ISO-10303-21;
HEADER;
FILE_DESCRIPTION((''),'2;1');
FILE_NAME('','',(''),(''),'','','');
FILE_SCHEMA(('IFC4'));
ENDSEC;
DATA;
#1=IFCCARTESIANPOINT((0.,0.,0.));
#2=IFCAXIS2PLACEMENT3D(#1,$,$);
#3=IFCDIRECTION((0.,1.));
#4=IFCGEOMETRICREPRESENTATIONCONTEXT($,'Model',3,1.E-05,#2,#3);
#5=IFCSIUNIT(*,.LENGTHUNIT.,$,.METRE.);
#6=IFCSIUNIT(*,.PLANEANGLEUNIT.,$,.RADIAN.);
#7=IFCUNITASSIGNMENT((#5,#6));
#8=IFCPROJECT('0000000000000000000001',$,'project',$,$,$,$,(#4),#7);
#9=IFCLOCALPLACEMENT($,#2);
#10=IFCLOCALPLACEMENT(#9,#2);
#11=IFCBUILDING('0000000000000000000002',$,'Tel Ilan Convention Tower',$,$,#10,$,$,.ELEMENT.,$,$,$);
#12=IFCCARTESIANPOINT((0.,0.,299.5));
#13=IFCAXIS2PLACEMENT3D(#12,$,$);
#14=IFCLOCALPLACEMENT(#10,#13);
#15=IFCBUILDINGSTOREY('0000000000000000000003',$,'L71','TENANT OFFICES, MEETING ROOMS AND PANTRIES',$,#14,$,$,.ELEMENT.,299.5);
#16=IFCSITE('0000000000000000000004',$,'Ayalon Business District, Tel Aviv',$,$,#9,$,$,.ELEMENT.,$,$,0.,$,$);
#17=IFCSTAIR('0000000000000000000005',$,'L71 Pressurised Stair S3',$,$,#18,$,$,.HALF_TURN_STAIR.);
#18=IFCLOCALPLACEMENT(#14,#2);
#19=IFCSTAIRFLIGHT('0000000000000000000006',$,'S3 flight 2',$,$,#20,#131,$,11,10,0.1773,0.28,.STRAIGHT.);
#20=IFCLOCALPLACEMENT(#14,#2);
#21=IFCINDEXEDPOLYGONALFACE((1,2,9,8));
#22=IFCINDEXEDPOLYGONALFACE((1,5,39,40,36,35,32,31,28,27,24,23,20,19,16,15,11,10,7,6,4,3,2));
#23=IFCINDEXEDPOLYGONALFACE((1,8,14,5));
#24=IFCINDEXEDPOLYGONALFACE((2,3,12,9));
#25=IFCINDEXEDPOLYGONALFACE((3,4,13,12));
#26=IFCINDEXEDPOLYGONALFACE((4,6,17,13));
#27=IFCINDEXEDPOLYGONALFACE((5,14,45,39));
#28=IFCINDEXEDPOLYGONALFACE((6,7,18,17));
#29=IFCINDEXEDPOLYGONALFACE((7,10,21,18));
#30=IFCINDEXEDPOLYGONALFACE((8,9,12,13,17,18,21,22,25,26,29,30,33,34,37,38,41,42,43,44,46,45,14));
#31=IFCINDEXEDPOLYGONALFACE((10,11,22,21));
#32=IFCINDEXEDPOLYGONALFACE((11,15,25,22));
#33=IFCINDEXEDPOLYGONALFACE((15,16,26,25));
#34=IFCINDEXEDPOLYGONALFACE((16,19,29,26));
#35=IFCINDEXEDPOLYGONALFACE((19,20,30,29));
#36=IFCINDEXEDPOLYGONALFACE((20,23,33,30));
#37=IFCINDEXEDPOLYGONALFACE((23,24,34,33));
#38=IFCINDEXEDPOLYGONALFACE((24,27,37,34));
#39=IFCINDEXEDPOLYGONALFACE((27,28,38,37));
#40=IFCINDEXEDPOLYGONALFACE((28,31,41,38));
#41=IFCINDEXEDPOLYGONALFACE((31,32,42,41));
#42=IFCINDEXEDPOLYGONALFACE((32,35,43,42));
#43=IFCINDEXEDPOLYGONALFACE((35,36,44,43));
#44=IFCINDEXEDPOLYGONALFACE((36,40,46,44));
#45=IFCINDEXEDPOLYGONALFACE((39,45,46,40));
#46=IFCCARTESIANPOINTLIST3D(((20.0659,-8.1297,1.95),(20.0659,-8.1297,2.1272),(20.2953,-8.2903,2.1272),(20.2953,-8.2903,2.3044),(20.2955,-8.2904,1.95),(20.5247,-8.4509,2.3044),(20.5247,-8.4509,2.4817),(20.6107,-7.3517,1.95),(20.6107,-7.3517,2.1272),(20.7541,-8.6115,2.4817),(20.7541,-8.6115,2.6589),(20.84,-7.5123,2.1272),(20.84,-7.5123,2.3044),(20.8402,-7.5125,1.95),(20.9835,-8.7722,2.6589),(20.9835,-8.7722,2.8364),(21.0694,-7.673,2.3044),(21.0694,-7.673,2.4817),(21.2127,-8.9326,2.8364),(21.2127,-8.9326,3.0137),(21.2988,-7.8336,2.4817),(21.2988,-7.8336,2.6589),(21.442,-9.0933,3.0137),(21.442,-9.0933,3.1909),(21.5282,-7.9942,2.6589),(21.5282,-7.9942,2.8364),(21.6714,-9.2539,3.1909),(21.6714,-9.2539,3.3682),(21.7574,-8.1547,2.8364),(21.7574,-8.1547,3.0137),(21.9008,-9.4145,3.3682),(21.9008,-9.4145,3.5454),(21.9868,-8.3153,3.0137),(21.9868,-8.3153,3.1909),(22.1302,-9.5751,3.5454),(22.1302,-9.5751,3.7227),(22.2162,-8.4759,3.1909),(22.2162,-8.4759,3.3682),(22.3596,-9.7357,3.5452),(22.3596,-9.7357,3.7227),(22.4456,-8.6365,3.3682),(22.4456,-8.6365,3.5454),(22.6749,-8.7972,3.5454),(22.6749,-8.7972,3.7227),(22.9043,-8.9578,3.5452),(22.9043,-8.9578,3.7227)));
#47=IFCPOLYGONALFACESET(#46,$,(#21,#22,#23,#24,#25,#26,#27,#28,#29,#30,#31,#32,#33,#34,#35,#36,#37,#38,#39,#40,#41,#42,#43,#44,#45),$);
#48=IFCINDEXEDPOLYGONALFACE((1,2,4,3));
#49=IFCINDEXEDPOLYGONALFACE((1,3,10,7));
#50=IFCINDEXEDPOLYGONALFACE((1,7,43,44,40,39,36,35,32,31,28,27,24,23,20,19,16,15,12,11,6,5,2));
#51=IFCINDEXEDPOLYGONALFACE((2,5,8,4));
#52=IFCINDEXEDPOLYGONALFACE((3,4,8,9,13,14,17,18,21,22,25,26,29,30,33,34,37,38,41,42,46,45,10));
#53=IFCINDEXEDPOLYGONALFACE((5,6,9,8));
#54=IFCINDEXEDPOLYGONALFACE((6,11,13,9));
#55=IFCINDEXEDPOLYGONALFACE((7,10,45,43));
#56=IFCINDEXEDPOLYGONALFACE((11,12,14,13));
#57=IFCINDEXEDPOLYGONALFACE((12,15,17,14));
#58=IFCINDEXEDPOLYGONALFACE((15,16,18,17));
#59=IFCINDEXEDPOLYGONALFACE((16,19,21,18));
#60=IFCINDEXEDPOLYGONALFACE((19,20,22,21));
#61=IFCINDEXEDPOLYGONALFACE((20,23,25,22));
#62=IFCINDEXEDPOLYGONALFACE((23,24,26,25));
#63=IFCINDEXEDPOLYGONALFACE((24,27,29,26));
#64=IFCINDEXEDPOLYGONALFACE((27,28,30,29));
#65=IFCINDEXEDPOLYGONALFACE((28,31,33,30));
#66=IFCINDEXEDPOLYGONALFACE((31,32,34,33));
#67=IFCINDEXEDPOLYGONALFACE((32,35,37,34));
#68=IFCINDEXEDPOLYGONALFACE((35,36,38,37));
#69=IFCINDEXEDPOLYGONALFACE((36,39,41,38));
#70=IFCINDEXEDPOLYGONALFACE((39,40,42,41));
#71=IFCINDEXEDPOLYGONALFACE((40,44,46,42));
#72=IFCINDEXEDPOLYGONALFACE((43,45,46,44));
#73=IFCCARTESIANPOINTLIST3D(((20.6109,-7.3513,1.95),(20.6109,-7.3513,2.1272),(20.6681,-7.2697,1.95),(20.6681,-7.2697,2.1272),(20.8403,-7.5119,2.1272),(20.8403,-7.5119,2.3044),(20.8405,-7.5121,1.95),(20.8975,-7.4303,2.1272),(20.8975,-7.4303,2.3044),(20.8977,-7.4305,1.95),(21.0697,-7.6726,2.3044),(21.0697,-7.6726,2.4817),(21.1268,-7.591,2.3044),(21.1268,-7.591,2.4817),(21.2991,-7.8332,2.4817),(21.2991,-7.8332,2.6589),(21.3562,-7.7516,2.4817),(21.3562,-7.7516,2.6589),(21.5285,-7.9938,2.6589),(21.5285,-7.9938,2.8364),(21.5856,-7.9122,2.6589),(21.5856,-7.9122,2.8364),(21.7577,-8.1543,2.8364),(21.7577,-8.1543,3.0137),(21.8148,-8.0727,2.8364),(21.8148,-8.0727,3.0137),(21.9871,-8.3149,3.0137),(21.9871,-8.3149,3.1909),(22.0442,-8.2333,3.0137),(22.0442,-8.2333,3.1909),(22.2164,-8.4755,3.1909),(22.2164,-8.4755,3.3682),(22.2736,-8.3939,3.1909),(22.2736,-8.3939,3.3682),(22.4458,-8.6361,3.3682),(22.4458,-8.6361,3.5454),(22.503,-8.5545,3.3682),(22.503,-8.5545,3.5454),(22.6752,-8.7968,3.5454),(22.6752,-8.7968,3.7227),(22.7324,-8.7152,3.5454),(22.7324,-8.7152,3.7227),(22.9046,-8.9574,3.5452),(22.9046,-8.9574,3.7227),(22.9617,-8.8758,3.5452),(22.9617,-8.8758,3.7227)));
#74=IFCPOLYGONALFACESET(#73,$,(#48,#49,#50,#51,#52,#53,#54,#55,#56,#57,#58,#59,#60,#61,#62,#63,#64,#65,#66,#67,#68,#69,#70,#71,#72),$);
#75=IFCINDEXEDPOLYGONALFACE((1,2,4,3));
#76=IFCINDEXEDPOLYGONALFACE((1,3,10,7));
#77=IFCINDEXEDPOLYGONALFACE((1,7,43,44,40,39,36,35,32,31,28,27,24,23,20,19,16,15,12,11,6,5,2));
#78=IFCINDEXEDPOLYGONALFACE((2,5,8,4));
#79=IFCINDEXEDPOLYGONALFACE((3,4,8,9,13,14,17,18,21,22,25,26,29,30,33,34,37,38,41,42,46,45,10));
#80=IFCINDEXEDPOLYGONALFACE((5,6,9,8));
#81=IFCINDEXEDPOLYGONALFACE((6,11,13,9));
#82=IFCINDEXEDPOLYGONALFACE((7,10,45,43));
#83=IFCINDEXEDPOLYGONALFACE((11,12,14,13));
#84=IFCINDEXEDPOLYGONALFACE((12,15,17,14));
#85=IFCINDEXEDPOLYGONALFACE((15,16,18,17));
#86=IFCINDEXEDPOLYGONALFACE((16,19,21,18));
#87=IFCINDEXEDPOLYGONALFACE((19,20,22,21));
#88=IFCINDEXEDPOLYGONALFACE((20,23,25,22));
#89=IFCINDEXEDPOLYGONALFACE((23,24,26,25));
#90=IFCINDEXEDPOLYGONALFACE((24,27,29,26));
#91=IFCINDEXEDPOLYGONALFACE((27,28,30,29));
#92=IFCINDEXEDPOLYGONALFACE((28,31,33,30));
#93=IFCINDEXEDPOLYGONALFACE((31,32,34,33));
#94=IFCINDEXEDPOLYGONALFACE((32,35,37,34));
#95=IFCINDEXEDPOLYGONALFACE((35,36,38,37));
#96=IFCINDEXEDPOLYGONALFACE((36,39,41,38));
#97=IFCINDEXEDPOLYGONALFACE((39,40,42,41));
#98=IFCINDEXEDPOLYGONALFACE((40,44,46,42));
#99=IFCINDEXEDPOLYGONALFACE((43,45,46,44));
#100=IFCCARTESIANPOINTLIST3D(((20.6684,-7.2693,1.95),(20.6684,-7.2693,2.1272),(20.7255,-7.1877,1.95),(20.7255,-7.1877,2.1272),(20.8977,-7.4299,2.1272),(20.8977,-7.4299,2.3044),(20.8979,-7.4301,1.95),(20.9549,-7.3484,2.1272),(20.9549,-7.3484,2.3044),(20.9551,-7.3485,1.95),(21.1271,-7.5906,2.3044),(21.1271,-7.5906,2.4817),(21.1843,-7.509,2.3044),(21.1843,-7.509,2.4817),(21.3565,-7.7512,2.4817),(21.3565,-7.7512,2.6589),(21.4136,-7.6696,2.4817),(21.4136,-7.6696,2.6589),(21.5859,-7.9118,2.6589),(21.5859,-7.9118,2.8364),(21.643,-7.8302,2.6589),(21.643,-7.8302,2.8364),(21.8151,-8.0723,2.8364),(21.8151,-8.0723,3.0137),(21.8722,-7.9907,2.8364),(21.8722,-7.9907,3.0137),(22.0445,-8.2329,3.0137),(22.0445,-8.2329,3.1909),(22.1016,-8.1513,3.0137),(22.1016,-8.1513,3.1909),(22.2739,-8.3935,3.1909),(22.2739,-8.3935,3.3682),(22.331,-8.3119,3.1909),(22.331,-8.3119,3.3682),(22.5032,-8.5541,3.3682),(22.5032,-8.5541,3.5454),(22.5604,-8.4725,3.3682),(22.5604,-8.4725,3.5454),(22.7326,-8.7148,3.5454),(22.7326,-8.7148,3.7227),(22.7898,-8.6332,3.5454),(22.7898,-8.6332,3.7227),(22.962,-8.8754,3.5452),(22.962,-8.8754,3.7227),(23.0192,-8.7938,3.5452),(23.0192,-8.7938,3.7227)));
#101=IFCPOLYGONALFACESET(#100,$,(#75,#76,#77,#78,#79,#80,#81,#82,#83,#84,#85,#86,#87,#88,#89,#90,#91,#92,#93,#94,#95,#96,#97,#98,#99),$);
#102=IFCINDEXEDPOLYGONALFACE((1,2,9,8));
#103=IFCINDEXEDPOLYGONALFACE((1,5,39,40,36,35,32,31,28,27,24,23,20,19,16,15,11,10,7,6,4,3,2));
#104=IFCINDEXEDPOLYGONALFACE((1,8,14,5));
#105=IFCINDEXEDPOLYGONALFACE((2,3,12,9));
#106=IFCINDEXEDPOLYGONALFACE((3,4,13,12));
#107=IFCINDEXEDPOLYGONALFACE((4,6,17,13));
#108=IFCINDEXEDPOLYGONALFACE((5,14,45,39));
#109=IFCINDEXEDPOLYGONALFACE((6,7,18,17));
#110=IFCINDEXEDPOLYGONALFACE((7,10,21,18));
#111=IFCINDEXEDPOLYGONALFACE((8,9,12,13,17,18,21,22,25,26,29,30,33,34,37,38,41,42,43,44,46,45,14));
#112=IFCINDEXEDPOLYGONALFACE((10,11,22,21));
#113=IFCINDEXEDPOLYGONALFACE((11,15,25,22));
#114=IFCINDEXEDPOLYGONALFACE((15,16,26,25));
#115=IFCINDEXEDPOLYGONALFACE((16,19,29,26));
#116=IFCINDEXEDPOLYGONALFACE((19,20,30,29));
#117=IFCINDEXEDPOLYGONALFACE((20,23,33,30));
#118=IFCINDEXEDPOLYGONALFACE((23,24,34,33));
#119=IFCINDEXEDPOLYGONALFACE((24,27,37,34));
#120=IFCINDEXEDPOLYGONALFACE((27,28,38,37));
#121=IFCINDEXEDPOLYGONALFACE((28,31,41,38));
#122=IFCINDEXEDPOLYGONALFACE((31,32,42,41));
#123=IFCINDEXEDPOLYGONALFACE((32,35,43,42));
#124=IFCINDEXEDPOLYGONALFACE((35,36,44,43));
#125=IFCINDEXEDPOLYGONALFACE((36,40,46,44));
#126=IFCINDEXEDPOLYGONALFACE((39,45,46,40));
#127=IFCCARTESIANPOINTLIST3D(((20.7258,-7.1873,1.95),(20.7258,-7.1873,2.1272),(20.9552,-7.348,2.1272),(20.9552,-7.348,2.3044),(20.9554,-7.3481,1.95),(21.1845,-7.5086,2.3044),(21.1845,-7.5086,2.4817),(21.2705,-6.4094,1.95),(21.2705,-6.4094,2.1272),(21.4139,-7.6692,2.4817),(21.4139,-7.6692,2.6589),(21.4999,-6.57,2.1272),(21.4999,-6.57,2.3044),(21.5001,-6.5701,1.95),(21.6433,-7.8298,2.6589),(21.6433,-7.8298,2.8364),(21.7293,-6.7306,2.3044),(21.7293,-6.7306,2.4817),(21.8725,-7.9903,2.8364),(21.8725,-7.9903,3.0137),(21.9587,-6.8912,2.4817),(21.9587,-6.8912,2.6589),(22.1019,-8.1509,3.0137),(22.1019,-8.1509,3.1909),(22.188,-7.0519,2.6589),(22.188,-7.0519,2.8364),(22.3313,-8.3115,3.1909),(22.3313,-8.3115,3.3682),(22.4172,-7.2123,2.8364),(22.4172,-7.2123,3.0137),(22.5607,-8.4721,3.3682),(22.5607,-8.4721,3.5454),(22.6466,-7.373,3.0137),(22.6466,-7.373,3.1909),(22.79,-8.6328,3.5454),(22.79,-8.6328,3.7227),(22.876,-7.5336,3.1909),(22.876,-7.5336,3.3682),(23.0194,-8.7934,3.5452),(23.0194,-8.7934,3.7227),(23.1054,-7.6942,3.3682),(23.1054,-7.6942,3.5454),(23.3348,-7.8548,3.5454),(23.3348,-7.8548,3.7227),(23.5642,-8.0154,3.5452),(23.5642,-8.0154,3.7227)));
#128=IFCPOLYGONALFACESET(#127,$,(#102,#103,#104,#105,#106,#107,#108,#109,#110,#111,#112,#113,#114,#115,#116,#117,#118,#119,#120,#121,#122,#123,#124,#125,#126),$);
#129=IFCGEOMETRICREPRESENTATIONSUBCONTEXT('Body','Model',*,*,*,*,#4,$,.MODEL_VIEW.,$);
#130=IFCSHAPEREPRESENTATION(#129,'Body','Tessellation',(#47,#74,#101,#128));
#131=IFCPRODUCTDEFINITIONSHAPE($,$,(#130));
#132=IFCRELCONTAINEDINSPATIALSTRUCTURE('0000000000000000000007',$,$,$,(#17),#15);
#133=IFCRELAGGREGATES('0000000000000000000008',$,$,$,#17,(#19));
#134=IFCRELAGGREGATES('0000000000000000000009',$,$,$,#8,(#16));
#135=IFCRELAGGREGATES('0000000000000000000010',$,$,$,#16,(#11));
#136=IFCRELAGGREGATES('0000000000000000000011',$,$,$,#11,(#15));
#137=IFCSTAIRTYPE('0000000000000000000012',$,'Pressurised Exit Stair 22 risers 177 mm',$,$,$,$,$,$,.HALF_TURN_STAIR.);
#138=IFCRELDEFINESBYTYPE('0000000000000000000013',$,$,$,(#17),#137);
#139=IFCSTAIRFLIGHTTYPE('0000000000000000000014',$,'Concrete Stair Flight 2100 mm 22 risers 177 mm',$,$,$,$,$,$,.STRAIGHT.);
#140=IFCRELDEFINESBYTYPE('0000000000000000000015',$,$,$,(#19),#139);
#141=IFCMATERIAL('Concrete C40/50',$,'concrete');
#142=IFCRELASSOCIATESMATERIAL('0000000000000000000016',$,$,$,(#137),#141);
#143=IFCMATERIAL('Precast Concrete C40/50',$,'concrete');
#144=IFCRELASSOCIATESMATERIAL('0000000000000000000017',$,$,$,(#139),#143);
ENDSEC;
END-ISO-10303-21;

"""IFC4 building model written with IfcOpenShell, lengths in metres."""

from ifc_helpers import new_model, si_unit, direction, frame, origin, place, context, subcontext, project, spatial, polyline, outline, extrude, material, type_object, element, aggregate, save


model = new_model("IFC4")

# Units and contexts
model_context = context("Model", 3, precision=1e-05, world=origin(), true_north=direction((0.0, 1.0)))
body_context = subcontext(model_context, "Body", "Model", "MODEL_VIEW")
ifc_project = project(units=[si_unit("LENGTHUNIT", "METRE"), si_unit("PLANEANGLEUNIT", "RADIAN")], contexts=[model_context])

# Site, building, storey
site_placement = place(None, origin())
site = spatial("IfcSite", under=ifc_project, at=site_placement, Name="Ayalon Business District, Tel Aviv", CompositionType="ELEMENT", RefElevation=0.0)
building_placement = place(site_placement, origin())
building = spatial("IfcBuilding", under=site, at=building_placement, Name="Tel Ilan Convention Tower", CompositionType="ELEMENT")
storey_placement = place(building_placement, frame((0.0, 0.0, 299.5)))
storey = spatial("IfcBuildingStorey", under=building, at=storey_placement, Name="L71", Description="TENANT OFFICES, MEETING ROOMS AND PANTRIES", CompositionType="ELEMENT", Elevation=299.5)

# Stair, stair flight
ifc_material_1 = material(Name="Concrete C40/50", Category="concrete")
stair_type = type_object("IfcStairType", Name="Pressurised Exit Stair 22 risers 177 mm", PredefinedType="HALF_TURN_STAIR", material=ifc_material_1)
stair_1_placement = place(storey_placement, origin())
stair_1 = element("IfcStair", 1, at=stair_1_placement, inside=storey, type_object=stair_type, Name="L71 Pressurised Stair S3", PredefinedType="HALF_TURN_STAIR")
ifc_material_2 = material(Name="Precast Concrete C40/50", Category="concrete")
stair_flight_type = type_object("IfcStairFlightType", Name="Concrete Stair Flight 2100 mm 22 risers 177 mm", PredefinedType="STRAIGHT", material=ifc_material_2)
stair_flight_1_placement = place(storey_placement, frame((20.6682, -7.2695, 1.95), z_axis=(0.0, 0.0, 1.0), x_axis=(0.819152, -0.573576, 0.0)))
stair_flight_1 = element("IfcStairFlight", 2, at=stair_flight_1_placement, type_object=stair_flight_type, Name="S3 flight 2", NumberOfRisers=11, NumberOfTreads=10, PredefinedType="STRAIGHT", RiserHeight=0.1773, TreadLength=0.28, context=body_context, shape_type="SweptSolid", body=[
    extrude(outline(polyline([(0.0, 0.0), (0.0, 0.1772), (0.28, 0.1772), (0.28, 0.3545), (0.5601, 0.3545), (0.5601, 0.5317), (0.8401, 0.5317), (0.8401, 0.709), (1.1201, 0.709), (1.1201, 0.8865), (1.3999, 0.8865), (1.3999, 1.0637), (1.6799, 1.0637), (1.6799, 1.241), (1.96, 1.241), (1.96, 1.4182), (2.24, 1.4182), (2.24, 1.5955), (2.52, 1.5955), (2.52, 1.7727), (2.8, 1.7727), (2.8, 1.95), (2.8, 1.5952), (0.2803, 0.0), (0.0, 0.0)])), frame((0.0, -0.1003, 0.0), z_axis=(0.0, -1.0, 0.0), x_axis=(1.0, 0.0, 0.0)), (0.0, 0.0, 1.0), 0.9497),
    extrude(outline(polyline([(0.0, 0.0), (0.0, 0.1772), (0.28, 0.1772), (0.28, 0.3545), (0.5601, 0.3545), (0.5601, 0.5317), (0.8401, 0.5317), (0.8401, 0.709), (1.1201, 0.709), (1.1201, 0.8865), (1.3999, 0.8865), (1.3999, 1.0637), (1.6799, 1.0637), (1.6799, 1.241), (1.96, 1.241), (1.96, 1.4182), (2.24, 1.4182), (2.24, 1.5955), (2.52, 1.5955), (2.52, 1.7727), (2.8, 1.7727), (2.8, 1.95), (2.8, 1.5952), (0.2803, 0.0), (0.0, 0.0)])), frame((0.0, -0.0002, 0.0), z_axis=(0.0, -1.0, 0.0), x_axis=(1.0, 0.0, 0.0)), (0.0, 0.0, 1.0), 0.0996),
    extrude(outline(polyline([(0.0, 0.0), (0.0, 0.1772), (0.28, 0.1772), (0.28, 0.3545), (0.5601, 0.3545), (0.5601, 0.5317), (0.8401, 0.5317), (0.8401, 0.709), (1.1201, 0.709), (1.1201, 0.8865), (1.3999, 0.8865), (1.3999, 1.0637), (1.6799, 1.0637), (1.6799, 1.241), (1.96, 1.241), (1.96, 1.4182), (2.24, 1.4182), (2.24, 1.5955), (2.52, 1.5955), (2.52, 1.7727), (2.8, 1.7727), (2.8, 1.95), (2.8, 1.5952), (0.2803, 0.0), (0.0, 0.0)])), frame((0.0, 0.0999, 0.0), z_axis=(0.0, -1.0, 0.0), x_axis=(1.0, 0.0, 0.0)), (0.0, 0.0, 1.0), 0.0996),
    extrude(outline(polyline([(0.0, 0.0), (0.0, 0.1772), (0.28, 0.1772), (0.28, 0.3545), (0.5601, 0.3545), (0.5601, 0.5317), (0.8401, 0.5317), (0.8401, 0.709), (1.1201, 0.709), (1.1201, 0.8865), (1.3999, 0.8865), (1.3999, 1.0637), (1.6799, 1.0637), (1.6799, 1.241), (1.96, 1.241), (1.96, 1.4182), (2.24, 1.4182), (2.24, 1.5955), (2.52, 1.5955), (2.52, 1.7727), (2.8, 1.7727), (2.8, 1.95), (2.8, 1.5952), (0.2803, 0.0), (0.0, 0.0)])), frame((0.0, 1.05, 0.0), z_axis=(0.0, -1.0, 0.0), x_axis=(1.0, 0.0, 0.0)), (0.0, 0.0, 1.0), 0.9497),
])
aggregate(stair_1, [stair_flight_1])

save(model, "model.ifc")
